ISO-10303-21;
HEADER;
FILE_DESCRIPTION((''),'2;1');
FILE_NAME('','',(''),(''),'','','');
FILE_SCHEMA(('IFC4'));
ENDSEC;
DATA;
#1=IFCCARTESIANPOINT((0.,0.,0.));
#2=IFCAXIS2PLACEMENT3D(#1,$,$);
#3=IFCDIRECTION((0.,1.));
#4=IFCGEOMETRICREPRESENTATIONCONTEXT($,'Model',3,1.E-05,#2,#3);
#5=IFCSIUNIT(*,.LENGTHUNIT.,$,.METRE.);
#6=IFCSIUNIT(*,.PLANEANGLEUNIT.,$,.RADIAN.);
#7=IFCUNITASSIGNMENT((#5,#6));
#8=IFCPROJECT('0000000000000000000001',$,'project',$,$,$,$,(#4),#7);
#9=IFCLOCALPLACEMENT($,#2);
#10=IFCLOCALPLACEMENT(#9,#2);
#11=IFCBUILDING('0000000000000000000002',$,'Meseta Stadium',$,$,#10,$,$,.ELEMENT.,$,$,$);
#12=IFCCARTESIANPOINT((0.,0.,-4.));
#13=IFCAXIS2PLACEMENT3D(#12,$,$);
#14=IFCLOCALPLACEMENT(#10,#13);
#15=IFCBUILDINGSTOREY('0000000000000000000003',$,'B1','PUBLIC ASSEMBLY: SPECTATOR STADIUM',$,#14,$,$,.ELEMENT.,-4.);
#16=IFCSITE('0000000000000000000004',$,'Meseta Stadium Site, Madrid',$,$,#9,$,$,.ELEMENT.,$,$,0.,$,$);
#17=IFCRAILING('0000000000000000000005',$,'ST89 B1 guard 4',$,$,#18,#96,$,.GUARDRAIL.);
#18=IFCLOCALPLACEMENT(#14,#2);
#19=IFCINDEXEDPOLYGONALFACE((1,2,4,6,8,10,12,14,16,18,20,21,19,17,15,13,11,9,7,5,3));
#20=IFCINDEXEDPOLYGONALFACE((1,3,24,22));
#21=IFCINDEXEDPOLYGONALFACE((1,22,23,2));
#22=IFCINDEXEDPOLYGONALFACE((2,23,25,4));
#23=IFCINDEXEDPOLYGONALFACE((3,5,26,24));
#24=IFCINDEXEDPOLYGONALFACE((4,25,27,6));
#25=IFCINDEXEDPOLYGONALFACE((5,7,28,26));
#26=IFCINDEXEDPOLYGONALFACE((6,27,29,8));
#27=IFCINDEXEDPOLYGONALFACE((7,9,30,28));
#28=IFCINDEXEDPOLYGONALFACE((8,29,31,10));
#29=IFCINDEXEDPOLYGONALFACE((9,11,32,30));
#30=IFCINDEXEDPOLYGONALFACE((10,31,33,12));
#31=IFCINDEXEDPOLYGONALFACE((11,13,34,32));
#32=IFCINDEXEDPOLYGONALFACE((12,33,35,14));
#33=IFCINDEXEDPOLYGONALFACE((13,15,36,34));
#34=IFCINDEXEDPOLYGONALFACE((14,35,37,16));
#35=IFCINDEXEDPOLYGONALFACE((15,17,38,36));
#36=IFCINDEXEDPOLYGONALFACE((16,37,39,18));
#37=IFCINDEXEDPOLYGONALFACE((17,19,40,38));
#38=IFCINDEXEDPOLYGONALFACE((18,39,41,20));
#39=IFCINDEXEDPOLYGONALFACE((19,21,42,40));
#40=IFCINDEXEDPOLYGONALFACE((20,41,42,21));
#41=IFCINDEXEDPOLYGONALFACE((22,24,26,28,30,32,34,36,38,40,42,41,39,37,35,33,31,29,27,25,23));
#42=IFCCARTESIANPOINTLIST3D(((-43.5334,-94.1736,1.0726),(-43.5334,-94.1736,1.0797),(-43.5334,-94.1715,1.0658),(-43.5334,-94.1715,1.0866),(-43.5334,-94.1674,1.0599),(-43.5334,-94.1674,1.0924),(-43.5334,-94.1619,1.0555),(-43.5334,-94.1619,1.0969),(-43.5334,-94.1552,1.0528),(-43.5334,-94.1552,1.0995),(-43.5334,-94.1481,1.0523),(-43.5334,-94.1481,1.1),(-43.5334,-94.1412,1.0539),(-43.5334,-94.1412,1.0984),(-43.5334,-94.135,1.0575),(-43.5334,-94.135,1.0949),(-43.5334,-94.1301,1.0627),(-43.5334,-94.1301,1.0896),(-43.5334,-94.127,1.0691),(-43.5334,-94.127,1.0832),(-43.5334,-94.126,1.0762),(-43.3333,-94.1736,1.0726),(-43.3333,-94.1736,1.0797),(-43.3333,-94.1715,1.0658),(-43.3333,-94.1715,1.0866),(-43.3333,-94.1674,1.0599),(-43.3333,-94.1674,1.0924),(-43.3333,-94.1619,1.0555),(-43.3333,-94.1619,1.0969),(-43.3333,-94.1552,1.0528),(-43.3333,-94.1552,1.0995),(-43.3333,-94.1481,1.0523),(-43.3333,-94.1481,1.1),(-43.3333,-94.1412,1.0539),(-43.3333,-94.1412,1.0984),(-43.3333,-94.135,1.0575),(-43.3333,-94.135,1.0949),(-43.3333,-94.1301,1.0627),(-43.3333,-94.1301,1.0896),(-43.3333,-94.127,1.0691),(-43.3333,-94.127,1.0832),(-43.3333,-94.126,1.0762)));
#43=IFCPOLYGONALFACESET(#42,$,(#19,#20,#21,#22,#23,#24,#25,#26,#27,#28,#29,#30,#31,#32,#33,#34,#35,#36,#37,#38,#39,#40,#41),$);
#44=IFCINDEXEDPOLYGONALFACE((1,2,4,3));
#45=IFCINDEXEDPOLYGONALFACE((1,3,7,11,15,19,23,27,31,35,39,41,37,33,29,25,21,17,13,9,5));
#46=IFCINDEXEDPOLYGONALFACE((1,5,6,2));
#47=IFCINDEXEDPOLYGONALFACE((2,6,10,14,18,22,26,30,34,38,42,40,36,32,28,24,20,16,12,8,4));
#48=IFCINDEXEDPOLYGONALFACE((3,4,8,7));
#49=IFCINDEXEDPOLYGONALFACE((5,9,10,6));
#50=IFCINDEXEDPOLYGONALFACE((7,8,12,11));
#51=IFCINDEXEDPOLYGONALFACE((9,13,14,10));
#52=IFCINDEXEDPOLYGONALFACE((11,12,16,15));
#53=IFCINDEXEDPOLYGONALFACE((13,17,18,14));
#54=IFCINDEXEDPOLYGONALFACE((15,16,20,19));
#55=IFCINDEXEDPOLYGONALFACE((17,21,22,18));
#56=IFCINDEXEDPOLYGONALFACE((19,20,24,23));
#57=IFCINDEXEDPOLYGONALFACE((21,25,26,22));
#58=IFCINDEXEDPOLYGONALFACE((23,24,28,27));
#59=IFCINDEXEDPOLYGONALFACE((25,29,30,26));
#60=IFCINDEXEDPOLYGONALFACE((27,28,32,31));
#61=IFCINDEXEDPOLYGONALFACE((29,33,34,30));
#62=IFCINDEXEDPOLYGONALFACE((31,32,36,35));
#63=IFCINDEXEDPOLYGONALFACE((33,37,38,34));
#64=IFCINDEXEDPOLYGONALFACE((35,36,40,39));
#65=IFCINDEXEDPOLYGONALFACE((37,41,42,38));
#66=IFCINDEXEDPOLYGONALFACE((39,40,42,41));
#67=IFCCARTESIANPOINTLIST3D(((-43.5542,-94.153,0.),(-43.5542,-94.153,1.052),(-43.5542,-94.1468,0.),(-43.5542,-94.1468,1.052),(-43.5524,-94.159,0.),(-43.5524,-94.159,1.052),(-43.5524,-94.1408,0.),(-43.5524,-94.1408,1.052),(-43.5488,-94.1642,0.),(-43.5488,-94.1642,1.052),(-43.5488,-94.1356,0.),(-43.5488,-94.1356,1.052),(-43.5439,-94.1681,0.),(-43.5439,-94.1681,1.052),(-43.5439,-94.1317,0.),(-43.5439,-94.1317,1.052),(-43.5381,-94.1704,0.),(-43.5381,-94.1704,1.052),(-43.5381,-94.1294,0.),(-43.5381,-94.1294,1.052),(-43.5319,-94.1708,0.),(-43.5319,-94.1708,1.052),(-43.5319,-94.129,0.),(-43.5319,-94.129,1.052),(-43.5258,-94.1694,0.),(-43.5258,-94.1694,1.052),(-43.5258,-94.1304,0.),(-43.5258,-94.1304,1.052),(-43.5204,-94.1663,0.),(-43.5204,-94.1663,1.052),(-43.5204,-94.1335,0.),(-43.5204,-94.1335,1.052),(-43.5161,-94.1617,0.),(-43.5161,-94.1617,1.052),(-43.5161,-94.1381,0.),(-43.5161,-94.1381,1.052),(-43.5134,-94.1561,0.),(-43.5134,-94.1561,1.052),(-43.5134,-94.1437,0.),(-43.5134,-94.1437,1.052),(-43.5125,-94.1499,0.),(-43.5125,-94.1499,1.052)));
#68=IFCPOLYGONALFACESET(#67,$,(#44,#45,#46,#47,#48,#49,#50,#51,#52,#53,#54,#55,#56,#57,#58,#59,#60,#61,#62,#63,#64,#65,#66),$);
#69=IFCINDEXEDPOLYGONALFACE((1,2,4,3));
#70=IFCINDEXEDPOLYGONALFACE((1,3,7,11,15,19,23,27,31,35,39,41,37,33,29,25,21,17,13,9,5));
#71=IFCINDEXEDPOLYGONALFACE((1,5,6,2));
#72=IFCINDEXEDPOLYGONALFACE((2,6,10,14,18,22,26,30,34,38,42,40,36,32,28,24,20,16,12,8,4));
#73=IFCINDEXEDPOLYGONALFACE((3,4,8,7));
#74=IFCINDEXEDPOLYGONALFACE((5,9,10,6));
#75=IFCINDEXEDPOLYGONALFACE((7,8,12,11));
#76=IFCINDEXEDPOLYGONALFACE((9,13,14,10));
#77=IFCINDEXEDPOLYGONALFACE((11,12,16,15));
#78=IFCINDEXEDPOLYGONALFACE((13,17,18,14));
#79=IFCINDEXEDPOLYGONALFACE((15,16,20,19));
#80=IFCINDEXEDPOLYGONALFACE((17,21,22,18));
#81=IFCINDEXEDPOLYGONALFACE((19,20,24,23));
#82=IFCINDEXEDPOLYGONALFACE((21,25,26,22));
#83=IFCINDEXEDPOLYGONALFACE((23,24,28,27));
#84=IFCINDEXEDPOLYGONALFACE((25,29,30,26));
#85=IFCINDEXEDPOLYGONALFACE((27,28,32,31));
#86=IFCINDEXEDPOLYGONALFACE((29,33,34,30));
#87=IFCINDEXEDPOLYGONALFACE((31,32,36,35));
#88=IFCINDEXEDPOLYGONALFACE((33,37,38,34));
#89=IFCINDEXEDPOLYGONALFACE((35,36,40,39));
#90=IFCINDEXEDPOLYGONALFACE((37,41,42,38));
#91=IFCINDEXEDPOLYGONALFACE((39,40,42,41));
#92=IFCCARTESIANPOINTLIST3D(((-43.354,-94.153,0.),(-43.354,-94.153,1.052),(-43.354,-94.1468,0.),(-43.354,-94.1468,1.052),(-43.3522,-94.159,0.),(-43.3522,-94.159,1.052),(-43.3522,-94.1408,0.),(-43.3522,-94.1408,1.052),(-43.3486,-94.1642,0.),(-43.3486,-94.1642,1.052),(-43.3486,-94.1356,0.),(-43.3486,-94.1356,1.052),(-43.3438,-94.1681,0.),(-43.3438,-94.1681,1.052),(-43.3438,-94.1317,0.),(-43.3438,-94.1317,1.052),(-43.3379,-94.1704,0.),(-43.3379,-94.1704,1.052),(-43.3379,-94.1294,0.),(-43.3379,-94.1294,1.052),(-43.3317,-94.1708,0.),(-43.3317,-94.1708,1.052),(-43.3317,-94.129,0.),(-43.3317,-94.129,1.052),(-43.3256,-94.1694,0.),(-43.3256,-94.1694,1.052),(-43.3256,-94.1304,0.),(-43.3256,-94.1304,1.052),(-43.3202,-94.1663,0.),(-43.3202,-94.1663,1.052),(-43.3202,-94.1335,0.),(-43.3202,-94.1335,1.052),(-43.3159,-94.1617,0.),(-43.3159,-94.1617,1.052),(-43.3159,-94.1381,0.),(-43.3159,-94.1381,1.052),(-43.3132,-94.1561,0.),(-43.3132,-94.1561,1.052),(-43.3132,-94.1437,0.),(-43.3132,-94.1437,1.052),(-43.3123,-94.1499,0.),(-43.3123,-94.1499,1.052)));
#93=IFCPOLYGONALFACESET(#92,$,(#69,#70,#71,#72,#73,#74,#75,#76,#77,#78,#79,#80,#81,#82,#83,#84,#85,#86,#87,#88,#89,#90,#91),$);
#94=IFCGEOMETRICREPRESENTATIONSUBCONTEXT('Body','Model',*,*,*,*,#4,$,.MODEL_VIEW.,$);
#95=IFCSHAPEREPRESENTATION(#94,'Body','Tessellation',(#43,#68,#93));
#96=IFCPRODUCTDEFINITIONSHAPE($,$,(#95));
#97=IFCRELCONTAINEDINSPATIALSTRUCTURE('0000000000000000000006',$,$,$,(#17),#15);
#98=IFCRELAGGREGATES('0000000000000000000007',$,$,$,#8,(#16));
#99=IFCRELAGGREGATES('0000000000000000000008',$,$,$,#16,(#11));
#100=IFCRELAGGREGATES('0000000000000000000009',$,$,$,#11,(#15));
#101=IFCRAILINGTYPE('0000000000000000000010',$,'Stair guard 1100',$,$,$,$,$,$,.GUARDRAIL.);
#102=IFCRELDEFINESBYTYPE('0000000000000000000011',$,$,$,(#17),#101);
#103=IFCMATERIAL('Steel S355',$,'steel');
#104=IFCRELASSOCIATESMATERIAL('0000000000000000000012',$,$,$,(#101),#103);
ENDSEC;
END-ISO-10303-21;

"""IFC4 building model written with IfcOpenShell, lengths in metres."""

from ifc_helpers import new_model, si_unit, direction, frame, origin, origin_2d, place, context, subcontext, project, spatial, circle, extrude, material, type_object, element, save


model = new_model("IFC4")

# Units and contexts
model_context = context("Model", 3, precision=1e-05, world=origin(), true_north=direction((0.0, 1.0)))
body_context = subcontext(model_context, "Body", "Model", "MODEL_VIEW")
ifc_project = project(units=[si_unit("LENGTHUNIT", "METRE"), si_unit("PLANEANGLEUNIT", "RADIAN")], contexts=[model_context])

# Site, building, storey
site_placement = place(None, origin())
site = spatial("IfcSite", under=ifc_project, at=site_placement, Name="Meseta Stadium Site, Madrid", CompositionType="ELEMENT", RefElevation=0.0)
building_placement = place(site_placement, origin())
building = spatial("IfcBuilding", under=site, at=building_placement, Name="Meseta Stadium", CompositionType="ELEMENT")
storey_placement = place(building_placement, frame((0.0, 0.0, -4.0)))
storey = spatial("IfcBuildingStorey", under=building, at=storey_placement, Name="B1", Description="PUBLIC ASSEMBLY: SPECTATOR STADIUM", CompositionType="ELEMENT", Elevation=-4.0)

# Railing
ifc_material_1 = material(Name="Steel S355", Category="steel")
railing_type_1 = type_object("IfcRailingType", Name="Stair guard 1100", PredefinedType="GUARDRAIL", material=ifc_material_1)
railing_1_placement = place(storey_placement, frame((-43.5334, -94.1499, 0.0)))
element("IfcRailing", 1, at=railing_1_placement, inside=storey, type_object=railing_type_1, Name="ST89 B1 guard 4", PredefinedType="GUARDRAIL", context=body_context, shape_type="SweptSolid", body=[
    extrude(circle(Radius=0.0239, at=origin_2d()), frame((0.0, 0.0, 1.0762), z_axis=(1.0, 0.0, 0.0), x_axis=(0.0, 1.0, 0.0)), (0.0, 0.0, 1.0), 0.2002),
    extrude(circle(Radius=0.021, at=origin_2d()), origin(), (0.0, 0.0, 1.0), 1.052),
    extrude(circle(Radius=0.021, at=origin_2d()), frame((0.2002, 0.0, 0.0)), (0.0, 0.0, 1.0), 1.052),
])

save(model, "model.ifc")
